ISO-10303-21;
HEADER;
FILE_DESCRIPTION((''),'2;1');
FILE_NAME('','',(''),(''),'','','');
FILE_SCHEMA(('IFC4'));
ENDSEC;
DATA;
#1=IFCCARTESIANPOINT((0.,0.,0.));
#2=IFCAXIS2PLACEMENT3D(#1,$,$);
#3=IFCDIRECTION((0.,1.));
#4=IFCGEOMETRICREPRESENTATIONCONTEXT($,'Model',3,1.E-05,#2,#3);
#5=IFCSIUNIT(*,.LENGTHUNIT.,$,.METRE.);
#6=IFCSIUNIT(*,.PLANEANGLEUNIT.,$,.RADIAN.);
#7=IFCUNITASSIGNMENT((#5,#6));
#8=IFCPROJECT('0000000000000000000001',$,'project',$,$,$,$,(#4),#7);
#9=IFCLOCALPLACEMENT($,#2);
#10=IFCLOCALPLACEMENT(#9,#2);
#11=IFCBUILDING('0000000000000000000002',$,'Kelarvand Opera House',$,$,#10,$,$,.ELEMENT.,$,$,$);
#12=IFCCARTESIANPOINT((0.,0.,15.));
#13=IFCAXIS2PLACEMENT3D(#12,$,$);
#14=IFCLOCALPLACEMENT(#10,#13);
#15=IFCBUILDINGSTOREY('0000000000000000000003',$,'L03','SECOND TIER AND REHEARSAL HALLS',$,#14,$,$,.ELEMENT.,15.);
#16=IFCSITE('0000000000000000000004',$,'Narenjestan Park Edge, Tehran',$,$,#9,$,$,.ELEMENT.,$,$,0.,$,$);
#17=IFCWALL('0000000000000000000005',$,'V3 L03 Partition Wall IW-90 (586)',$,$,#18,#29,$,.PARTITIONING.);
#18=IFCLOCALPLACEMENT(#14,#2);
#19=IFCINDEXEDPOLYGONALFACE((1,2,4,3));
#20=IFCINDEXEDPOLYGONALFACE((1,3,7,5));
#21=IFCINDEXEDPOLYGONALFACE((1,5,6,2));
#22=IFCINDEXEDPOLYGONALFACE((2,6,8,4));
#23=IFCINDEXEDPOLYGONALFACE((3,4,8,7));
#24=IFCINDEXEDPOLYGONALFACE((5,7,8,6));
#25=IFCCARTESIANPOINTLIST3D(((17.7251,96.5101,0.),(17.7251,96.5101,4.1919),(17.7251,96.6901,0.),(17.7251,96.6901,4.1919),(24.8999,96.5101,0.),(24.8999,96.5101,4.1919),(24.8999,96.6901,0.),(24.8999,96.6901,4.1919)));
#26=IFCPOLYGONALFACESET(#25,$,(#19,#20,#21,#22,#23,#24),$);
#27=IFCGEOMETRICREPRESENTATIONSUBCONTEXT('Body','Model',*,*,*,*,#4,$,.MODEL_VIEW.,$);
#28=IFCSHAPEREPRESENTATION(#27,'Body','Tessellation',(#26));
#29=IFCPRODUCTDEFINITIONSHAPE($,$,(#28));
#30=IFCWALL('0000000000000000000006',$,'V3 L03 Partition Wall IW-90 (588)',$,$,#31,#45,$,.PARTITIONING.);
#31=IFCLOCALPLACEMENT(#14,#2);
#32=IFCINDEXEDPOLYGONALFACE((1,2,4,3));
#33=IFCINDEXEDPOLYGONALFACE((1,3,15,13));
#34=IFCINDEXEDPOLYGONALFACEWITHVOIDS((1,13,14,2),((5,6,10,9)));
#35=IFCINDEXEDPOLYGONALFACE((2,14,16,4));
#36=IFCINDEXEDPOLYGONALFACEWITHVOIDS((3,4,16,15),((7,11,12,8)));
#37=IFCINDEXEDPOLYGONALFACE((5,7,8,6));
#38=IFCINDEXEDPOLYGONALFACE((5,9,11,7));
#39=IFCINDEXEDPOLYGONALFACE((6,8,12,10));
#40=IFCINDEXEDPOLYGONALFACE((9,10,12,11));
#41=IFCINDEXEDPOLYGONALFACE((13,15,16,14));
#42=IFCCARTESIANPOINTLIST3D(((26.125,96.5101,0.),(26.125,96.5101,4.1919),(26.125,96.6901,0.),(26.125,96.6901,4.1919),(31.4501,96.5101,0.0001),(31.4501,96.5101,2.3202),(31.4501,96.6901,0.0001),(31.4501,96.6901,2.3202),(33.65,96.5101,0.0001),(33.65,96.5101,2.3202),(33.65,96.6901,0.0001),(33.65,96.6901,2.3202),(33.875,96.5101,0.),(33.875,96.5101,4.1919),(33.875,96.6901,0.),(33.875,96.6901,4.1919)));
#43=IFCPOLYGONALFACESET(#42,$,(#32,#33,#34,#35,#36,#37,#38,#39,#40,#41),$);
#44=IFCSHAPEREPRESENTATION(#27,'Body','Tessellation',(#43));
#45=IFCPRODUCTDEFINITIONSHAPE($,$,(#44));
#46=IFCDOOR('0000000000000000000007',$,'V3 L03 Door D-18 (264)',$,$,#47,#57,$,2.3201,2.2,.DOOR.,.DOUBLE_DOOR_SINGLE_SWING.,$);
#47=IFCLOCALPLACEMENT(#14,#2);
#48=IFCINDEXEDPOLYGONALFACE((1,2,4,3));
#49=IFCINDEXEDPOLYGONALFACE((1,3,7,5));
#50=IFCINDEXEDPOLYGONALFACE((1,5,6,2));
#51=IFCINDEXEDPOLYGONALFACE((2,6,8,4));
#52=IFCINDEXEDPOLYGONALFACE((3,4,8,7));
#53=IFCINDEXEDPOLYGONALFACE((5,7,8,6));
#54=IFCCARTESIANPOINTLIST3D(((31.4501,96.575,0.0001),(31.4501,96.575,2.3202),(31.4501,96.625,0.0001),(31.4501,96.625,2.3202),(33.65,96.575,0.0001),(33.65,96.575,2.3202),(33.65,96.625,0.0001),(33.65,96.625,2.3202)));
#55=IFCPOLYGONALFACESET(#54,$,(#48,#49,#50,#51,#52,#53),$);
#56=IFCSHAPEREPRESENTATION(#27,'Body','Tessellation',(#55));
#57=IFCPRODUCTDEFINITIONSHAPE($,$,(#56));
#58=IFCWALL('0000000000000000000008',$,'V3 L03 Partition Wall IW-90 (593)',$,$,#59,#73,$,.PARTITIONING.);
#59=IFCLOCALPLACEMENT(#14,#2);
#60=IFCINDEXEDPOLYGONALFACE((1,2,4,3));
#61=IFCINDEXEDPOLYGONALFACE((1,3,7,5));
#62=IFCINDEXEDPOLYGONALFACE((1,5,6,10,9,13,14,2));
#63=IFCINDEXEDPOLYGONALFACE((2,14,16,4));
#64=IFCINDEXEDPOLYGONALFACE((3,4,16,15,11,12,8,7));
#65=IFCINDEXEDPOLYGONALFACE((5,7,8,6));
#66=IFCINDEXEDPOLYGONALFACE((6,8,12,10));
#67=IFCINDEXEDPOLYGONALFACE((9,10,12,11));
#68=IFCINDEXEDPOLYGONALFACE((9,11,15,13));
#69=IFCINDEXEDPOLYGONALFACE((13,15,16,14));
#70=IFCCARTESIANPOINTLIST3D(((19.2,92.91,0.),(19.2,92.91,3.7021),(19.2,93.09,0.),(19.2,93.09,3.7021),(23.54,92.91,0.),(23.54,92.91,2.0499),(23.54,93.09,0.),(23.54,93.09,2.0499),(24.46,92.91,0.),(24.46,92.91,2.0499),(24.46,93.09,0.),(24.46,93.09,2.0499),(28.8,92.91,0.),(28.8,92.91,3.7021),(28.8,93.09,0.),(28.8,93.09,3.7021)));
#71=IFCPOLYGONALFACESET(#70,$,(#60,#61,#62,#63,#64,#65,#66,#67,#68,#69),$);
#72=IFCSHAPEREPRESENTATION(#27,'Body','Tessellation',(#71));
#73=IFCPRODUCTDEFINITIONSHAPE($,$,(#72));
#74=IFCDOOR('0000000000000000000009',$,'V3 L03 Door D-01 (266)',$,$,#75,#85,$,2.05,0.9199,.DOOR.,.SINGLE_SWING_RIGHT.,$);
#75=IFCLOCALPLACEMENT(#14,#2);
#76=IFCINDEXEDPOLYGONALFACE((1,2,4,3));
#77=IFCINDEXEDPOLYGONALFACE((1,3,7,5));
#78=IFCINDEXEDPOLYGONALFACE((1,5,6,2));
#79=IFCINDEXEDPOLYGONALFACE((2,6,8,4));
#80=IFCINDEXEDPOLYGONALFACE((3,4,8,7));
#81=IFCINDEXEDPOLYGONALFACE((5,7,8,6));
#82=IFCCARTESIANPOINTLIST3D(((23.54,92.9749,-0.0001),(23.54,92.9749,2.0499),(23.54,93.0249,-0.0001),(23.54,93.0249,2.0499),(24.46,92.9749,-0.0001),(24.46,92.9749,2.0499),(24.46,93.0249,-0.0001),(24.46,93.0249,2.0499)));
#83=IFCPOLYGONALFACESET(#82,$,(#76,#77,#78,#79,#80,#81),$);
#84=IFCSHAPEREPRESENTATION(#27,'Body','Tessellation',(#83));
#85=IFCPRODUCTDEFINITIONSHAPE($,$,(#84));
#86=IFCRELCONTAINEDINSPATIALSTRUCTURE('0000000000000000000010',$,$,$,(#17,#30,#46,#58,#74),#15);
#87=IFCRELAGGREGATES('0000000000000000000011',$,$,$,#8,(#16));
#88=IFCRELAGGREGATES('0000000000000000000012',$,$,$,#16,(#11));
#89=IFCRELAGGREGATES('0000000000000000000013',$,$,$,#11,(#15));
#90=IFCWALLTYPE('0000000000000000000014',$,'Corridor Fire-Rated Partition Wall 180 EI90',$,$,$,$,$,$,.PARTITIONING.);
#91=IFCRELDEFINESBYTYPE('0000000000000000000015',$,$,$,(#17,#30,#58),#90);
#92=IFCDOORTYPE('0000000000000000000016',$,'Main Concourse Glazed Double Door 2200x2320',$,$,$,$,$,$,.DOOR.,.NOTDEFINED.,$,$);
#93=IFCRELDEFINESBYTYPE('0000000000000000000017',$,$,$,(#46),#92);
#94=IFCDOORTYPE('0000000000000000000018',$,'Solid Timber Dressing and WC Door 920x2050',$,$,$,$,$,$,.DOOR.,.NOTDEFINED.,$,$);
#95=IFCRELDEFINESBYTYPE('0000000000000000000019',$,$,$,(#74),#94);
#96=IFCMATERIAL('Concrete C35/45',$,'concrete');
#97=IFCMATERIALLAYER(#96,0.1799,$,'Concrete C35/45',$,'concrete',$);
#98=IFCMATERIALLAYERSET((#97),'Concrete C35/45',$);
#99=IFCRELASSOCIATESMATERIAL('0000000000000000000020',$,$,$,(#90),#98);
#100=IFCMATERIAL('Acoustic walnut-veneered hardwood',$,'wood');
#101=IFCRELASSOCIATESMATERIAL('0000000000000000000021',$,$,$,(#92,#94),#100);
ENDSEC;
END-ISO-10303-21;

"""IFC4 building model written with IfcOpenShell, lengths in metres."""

from ifc_helpers import new_model, si_unit, direction, frame, frame_2d, origin, place, context, subcontext, project, spatial, rectangle, extrude, material, layer, layer_set, type_object, element, fill, save


model = new_model("IFC4")

# Units and contexts
model_context = context("Model", 3, precision=1e-05, world=origin(), true_north=direction((0.0, 1.0)))
body_context = subcontext(model_context, "Body", "Model", "MODEL_VIEW")
ifc_project = project(units=[si_unit("LENGTHUNIT", "METRE"), si_unit("PLANEANGLEUNIT", "RADIAN")], contexts=[model_context])

# Site, building, storey
site_placement = place(None, origin())
site = spatial("IfcSite", under=ifc_project, at=site_placement, Name="Narenjestan Park Edge, Tehran", CompositionType="ELEMENT", RefElevation=0.0)
building_placement = place(site_placement, origin())
building = spatial("IfcBuilding", under=site, at=building_placement, Name="Kelarvand Opera House", CompositionType="ELEMENT")
storey_placement = place(building_placement, frame((0.0, 0.0, 15.0)))
storey = spatial("IfcBuildingStorey", under=building, at=storey_placement, Name="L03", Description="SECOND TIER AND REHEARSAL HALLS", CompositionType="ELEMENT", Elevation=15.0)

# Wall
ifc_material_1 = material(Name="Concrete C35/45", Category="concrete")
ifc_layer_1 = layer(ifc_material_1, 0.1799, Name="Concrete C35/45", Category="concrete")
ifc_layer_set_1 = layer_set([ifc_layer_1], Name="Concrete C35/45")
wall_type_1 = type_object("IfcWallType", Name="Corridor Fire-Rated Partition Wall 180 EI90", PredefinedType="PARTITIONING", material=ifc_layer_set_1)
wall_1_placement = place(storey_placement, frame((17.7251, 96.6001, 0.0), z_axis=(0.0, 0.0, 1.0), x_axis=(1.0, 0.0, 0.0)))
element("IfcWall", 1, at=wall_1_placement, inside=storey, type_object=wall_type_1, Name="V3 L03 Partition Wall IW-90 (586)", PredefinedType="PARTITIONING", context=body_context, shape_type="SweptSolid", body=[
    extrude(rectangle(XDim=7.1748, YDim=0.1799, at=frame_2d((3.5874, 0.0))), origin(), (0.0, 0.0, 1.0), 4.1919),
])

# Walls, openings, doors
wall_2_placement = place(storey_placement, frame((26.125, 96.6001, 0.0), z_axis=(0.0, 0.0, 1.0), x_axis=(1.0, 0.0, 0.0)))
wall_2 = element("IfcWall", 2, at=wall_2_placement, inside=storey, type_object=wall_type_1, Name="V3 L03 Partition Wall IW-90 (588)", PredefinedType="PARTITIONING", context=body_context, shape_type="SweptSolid", body=[
    extrude(rectangle(XDim=7.75, YDim=0.1799, at=frame_2d((3.875, 0.0))), origin(), (0.0, 0.0, 1.0), 4.1919),
])
opening_1_placement = place(wall_2_placement, frame((5.325, 0.0, 0.0)))
opening_1 = element("IfcOpeningElement", 3, at=opening_1_placement, cuts=wall_2, PredefinedType="OPENING", context=body_context, shape_type="SweptSolid", body=[
    extrude(rectangle(XDim=2.2, YDim=2.3201, at=frame_2d((1.1001, 1.1602))), frame((0.0, 0.1001, 0.0), z_axis=(0.0, -1.0, 0.0), x_axis=(1.0, 0.0, 0.0)), (0.0, 0.0, 1.0), 0.2),
])
ifc_material_2 = material(Name="Acoustic walnut-veneered hardwood", Category="wood")
door_type_1 = type_object("IfcDoorType", Name="Main Concourse Glazed Double Door 2200x2320", OperationType="NOTDEFINED", PredefinedType="DOOR", material=ifc_material_2)
door_1_placement = place(opening_1_placement, origin())
door_1 = element("IfcDoor", 4, at=door_1_placement, inside=storey, type_object=door_type_1, Name="V3 L03 Door D-18 (264)", OperationType="DOUBLE_DOOR_SINGLE_SWING", OverallHeight=2.3201, OverallWidth=2.2, PredefinedType="DOOR", context=body_context, shape_type="SweptSolid", body=[
    extrude(rectangle(XDim=2.2, YDim=2.3201, at=frame_2d((1.1001, 1.1602))), frame((0.0, 0.0249, 0.0), z_axis=(0.0, -1.0, 0.0), x_axis=(1.0, 0.0, 0.0)), (0.0, 0.0, 1.0), 0.05),
])
fill(opening_1, door_1)
wall_3_placement = place(storey_placement, frame((19.2, 93.0, 0.0), z_axis=(0.0, 0.0, 1.0), x_axis=(1.0, 0.0, 0.0)))
wall_3 = element("IfcWall", 5, at=wall_3_placement, inside=storey, type_object=wall_type_1, Name="V3 L03 Partition Wall IW-90 (593)", PredefinedType="PARTITIONING", context=body_context, shape_type="SweptSolid", body=[
    extrude(rectangle(XDim=9.6001, YDim=0.1799, at=frame_2d((4.8, 0.0))), origin(), (0.0, 0.0, 1.0), 3.7021),
])
opening_2_placement = place(wall_3_placement, frame((4.3401, 0.0, 0.0)))
opening_2 = element("IfcOpeningElement", 6, at=opening_2_placement, cuts=wall_3, PredefinedType="OPENING", context=body_context, shape_type="SweptSolid", body=[
    extrude(rectangle(XDim=0.9199, YDim=2.05, at=frame_2d((0.46, 1.0249))), frame((0.0, 0.1001, 0.0), z_axis=(0.0, -1.0, 0.0), x_axis=(1.0, 0.0, 0.0)), (0.0, 0.0, 1.0), 0.2),
])
door_type_2 = type_object("IfcDoorType", Name="Solid Timber Dressing and WC Door 920x2050", OperationType="NOTDEFINED", PredefinedType="DOOR", material=ifc_material_2)
door_2_placement = place(opening_2_placement, origin())
door_2 = element("IfcDoor", 7, at=door_2_placement, inside=storey, type_object=door_type_2, Name="V3 L03 Door D-01 (266)", OperationType="SINGLE_SWING_RIGHT", OverallHeight=2.05, OverallWidth=0.9199, PredefinedType="DOOR", context=body_context, shape_type="SweptSolid", body=[
    extrude(rectangle(XDim=0.9199, YDim=2.05, at=frame_2d((0.46, 1.0249))), frame((0.0, 0.0249, 0.0), z_axis=(0.0, -1.0, 0.0), x_axis=(1.0, 0.0, 0.0)), (0.0, 0.0, 1.0), 0.05),
])
fill(opening_2, door_2)

save(model, "model.ifc")
